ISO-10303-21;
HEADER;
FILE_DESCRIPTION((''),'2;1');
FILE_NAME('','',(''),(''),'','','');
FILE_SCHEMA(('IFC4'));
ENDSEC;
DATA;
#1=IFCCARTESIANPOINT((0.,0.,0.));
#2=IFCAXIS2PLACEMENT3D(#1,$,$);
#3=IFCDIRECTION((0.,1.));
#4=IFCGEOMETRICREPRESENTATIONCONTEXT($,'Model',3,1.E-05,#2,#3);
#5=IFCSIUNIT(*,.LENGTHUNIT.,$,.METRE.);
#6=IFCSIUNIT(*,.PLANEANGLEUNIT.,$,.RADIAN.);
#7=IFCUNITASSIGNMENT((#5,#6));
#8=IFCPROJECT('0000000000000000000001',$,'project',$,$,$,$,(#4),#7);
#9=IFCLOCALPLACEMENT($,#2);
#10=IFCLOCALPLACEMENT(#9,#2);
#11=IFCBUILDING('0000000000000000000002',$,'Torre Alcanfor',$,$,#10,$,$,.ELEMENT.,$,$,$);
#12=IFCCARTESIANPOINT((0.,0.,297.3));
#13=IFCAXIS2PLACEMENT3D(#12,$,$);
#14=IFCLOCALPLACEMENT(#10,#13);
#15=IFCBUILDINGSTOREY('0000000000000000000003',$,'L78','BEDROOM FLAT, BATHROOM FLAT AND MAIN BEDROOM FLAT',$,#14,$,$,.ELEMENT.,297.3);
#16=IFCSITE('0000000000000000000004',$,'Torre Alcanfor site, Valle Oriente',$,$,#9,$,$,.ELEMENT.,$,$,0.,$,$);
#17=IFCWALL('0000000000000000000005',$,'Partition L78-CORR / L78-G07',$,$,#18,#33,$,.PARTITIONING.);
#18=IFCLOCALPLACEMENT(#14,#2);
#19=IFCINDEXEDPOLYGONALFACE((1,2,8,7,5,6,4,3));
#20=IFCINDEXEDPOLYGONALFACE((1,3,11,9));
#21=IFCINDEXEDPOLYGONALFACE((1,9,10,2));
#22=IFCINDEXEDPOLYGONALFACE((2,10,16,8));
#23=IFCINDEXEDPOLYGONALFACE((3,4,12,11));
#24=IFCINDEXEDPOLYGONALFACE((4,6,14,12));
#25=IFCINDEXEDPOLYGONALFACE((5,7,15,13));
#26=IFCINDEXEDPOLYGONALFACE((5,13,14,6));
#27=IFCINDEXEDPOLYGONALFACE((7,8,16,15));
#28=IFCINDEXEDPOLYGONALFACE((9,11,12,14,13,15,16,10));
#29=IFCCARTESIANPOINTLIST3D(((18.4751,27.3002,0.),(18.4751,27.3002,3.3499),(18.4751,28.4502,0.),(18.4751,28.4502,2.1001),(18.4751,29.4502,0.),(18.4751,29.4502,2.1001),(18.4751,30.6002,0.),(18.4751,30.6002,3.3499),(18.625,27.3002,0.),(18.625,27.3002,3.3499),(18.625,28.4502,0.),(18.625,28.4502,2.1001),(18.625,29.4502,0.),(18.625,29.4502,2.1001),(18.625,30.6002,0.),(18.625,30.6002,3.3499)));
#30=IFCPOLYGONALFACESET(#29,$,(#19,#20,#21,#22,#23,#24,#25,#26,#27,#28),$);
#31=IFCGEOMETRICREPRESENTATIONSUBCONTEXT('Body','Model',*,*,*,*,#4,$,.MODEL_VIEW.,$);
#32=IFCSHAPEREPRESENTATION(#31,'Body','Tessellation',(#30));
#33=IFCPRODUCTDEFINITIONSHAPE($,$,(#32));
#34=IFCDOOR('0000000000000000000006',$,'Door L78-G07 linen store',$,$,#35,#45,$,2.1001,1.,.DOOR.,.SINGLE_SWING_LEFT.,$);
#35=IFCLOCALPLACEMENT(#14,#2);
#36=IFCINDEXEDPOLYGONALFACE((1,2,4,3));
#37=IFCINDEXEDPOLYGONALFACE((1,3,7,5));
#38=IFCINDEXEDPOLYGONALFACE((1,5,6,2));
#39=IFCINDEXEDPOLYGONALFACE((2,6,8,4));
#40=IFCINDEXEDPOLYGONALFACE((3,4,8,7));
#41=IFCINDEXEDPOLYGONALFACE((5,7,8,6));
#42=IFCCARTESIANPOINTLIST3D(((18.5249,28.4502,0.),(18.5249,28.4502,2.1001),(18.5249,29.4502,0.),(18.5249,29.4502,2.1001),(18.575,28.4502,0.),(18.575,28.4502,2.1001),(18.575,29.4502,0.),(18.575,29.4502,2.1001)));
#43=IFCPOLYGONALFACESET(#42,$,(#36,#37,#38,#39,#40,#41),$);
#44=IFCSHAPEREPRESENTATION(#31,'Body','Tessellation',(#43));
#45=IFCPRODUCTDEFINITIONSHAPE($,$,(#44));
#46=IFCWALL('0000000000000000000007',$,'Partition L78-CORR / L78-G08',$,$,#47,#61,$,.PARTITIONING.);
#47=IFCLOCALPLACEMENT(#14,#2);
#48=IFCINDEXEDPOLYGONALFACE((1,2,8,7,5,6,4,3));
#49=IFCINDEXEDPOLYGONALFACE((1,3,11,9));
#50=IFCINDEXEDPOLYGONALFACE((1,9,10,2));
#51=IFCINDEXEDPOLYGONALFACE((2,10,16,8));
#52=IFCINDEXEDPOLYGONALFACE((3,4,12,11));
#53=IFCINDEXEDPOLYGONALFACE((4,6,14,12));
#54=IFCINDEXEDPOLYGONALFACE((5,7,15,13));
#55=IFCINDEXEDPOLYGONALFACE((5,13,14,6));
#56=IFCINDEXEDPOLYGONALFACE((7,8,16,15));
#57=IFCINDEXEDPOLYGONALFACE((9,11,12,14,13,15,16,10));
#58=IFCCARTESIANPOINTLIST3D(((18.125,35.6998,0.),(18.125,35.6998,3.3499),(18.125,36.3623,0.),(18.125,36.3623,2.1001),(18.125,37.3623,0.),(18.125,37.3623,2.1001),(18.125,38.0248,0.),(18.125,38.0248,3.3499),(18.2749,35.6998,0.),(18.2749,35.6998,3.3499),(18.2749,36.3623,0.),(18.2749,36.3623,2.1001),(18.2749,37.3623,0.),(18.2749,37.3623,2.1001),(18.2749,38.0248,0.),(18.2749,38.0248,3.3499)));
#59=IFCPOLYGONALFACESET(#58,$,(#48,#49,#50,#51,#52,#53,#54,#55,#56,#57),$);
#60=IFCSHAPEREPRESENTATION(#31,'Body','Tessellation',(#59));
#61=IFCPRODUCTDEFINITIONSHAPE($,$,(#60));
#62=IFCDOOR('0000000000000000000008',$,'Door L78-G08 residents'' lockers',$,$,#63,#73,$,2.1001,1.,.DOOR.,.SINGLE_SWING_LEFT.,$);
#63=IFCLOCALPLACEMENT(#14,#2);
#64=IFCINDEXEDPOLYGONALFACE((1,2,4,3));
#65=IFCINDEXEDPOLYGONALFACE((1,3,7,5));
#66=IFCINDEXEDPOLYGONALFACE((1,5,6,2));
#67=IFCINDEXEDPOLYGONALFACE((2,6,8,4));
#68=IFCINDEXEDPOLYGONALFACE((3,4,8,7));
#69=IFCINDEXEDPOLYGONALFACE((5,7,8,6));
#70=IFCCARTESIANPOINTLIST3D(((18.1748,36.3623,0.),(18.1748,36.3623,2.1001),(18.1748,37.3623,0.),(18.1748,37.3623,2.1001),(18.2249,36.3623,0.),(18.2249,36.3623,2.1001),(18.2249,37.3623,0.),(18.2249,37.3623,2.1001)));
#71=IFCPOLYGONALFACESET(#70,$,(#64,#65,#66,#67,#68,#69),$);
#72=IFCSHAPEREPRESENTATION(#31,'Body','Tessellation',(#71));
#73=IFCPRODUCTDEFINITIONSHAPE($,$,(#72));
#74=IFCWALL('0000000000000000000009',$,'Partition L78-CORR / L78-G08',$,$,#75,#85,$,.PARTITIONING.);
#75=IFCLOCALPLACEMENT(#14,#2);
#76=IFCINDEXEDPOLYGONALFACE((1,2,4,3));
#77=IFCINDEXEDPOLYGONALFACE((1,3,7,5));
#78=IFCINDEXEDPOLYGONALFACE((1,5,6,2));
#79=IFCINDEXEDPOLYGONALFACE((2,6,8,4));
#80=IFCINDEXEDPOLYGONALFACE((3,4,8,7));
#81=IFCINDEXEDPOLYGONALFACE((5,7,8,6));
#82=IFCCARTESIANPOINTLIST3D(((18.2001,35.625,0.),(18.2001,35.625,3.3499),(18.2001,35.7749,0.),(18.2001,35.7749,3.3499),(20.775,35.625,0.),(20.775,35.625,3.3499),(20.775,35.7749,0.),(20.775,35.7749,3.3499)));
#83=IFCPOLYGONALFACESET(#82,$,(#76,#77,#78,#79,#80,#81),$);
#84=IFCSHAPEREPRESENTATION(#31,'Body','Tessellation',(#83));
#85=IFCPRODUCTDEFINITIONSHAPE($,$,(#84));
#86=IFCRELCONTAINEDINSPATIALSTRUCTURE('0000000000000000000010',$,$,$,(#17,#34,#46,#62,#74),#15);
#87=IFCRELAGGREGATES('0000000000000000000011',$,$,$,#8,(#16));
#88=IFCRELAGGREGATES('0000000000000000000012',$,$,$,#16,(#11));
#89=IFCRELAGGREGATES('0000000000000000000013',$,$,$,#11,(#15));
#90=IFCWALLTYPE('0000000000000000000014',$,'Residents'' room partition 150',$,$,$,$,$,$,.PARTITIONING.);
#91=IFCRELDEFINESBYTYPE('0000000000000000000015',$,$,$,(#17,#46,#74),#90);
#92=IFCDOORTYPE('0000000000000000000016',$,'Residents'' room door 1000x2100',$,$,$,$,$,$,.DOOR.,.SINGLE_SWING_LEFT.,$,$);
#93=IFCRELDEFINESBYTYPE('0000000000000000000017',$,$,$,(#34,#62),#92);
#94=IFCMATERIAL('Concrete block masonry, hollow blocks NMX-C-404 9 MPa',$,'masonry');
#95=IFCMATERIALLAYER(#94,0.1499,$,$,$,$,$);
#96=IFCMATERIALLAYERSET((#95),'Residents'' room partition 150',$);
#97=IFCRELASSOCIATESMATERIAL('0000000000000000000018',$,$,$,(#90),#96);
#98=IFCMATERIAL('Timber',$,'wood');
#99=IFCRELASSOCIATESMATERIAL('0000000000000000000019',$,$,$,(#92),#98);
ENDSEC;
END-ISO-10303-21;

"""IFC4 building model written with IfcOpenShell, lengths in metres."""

from ifc_helpers import new_model, si_unit, direction, frame, frame_2d, origin, place, context, subcontext, project, spatial, rectangle, extrude, material, layer, layer_set, type_object, element, fill, save


model = new_model("IFC4")

# Units and contexts
model_context = context("Model", 3, precision=1e-05, world=origin(), true_north=direction((0.0, 1.0)))
body_context = subcontext(model_context, "Body", "Model", "MODEL_VIEW")
ifc_project = project(units=[si_unit("LENGTHUNIT", "METRE"), si_unit("PLANEANGLEUNIT", "RADIAN")], contexts=[model_context])

# Site, building, storey
site_placement = place(None, origin())
site = spatial("IfcSite", under=ifc_project, at=site_placement, Name="Torre Alcanfor site, Valle Oriente", CompositionType="ELEMENT", RefElevation=0.0)
building_placement = place(site_placement, origin())
building = spatial("IfcBuilding", under=site, at=building_placement, Name="Torre Alcanfor", CompositionType="ELEMENT")
storey_placement = place(building_placement, frame((0.0, 0.0, 297.3)))
storey = spatial("IfcBuildingStorey", under=building, at=storey_placement, Name="L78", Description="BEDROOM FLAT, BATHROOM FLAT AND MAIN BEDROOM FLAT", CompositionType="ELEMENT", Elevation=297.3)

# Shared definitions
ifc_material_1 = material(Name="Concrete block masonry, hollow blocks NMX-C-404 9 MPa", Category="masonry")
ifc_layer_1 = layer(ifc_material_1, 0.1499)
ifc_layer_set_1 = layer_set([ifc_layer_1], Name="Residents' room partition 150")
wall_type_1 = type_object("IfcWallType", Name="Residents' room partition 150", PredefinedType="PARTITIONING", material=ifc_layer_set_1)

# Walls, openings, doors
wall_1_placement = place(storey_placement, frame((18.55, 30.6001, 0.0), z_axis=(0.0, 0.0, 1.0), x_axis=(0.0, -1.0, 0.0)))
wall_1 = element("IfcWall", 1, at=wall_1_placement, inside=storey, type_object=wall_type_1, Name="Partition L78-CORR / L78-G07", PredefinedType="PARTITIONING", context=body_context, shape_type="SweptSolid", body=[
    extrude(rectangle(XDim=3.3, YDim=0.1499, at=frame_2d((1.6499, 0.0))), origin(), (0.0, 0.0, 1.0), 3.3499),
])
opening_1_placement = place(wall_1_placement, frame((1.1499, 0.0, 0.0)))
opening_1 = element("IfcOpeningElement", 2, at=opening_1_placement, cuts=wall_1, PredefinedType="OPENING", context=body_context, shape_type="SweptSolid", body=[
    extrude(rectangle(XDim=1.0, YDim=2.1001, at=frame_2d((0.5, 1.05))), frame((0.0, 0.085, 0.0), z_axis=(0.0, -1.0, 0.0), x_axis=(1.0, 0.0, 0.0)), (0.0, 0.0, 1.0), 0.1699),
])
ifc_material_2 = material(Name="Timber", Category="wood")
door_type_1 = type_object("IfcDoorType", Name="Residents' room door 1000x2100", OperationType="SINGLE_SWING_LEFT", PredefinedType="DOOR", material=ifc_material_2)
door_1_placement = place(opening_1_placement, origin())
door_1 = element("IfcDoor", 3, at=door_1_placement, inside=storey, type_object=door_type_1, Name="Door L78-G07 linen store", OperationType="SINGLE_SWING_LEFT", OverallHeight=2.1001, OverallWidth=1.0, PredefinedType="DOOR", context=body_context, shape_type="SweptSolid", body=[
    extrude(rectangle(XDim=1.0, YDim=2.1001, at=frame_2d((0.5, 1.05))), frame((0.0, 0.0249, 0.0), z_axis=(0.0, -1.0, 0.0), x_axis=(1.0, 0.0, 0.0)), (0.0, 0.0, 1.0), 0.05),
])
fill(opening_1, door_1)
wall_2_placement = place(storey_placement, frame((18.2, 38.0249, 0.0), z_axis=(0.0, 0.0, 1.0), x_axis=(0.0, -1.0, 0.0)))
wall_2 = element("IfcWall", 4, at=wall_2_placement, inside=storey, type_object=wall_type_1, Name="Partition L78-CORR / L78-G08", PredefinedType="PARTITIONING", context=body_context, shape_type="SweptSolid", body=[
    extrude(rectangle(XDim=2.325, YDim=0.1499, at=frame_2d((1.1626, 0.0))), origin(), (0.0, 0.0, 1.0), 3.3499),
])
opening_2_placement = place(wall_2_placement, frame((0.6626, 0.0, 0.0)))
opening_2 = element("IfcOpeningElement", 5, at=opening_2_placement, cuts=wall_2, PredefinedType="OPENING", context=body_context, shape_type="SweptSolid", body=[
    extrude(rectangle(XDim=1.0, YDim=2.1001, at=frame_2d((0.5, 1.05))), frame((0.0, 0.085, 0.0), z_axis=(0.0, -1.0, 0.0), x_axis=(1.0, 0.0, 0.0)), (0.0, 0.0, 1.0), 0.1699),
])
door_2_placement = place(opening_2_placement, origin())
door_2 = element("IfcDoor", 6, at=door_2_placement, inside=storey, type_object=door_type_1, Name="Door L78-G08 residents' lockers", OperationType="SINGLE_SWING_LEFT", OverallHeight=2.1001, OverallWidth=1.0, PredefinedType="DOOR", context=body_context, shape_type="SweptSolid", body=[
    extrude(rectangle(XDim=1.0, YDim=2.1001, at=frame_2d((0.5, 1.05))), frame((0.0, 0.0249, 0.0), z_axis=(0.0, -1.0, 0.0), x_axis=(1.0, 0.0, 0.0)), (0.0, 0.0, 1.0), 0.05),
])
fill(opening_2, door_2)

# Wall
wall_3_placement = place(storey_placement, frame((18.2, 35.7, 0.0), z_axis=(0.0, 0.0, 1.0), x_axis=(1.0, 0.0, 0.0)))
element("IfcWall", 7, at=wall_3_placement, inside=storey, type_object=wall_type_1, Name="Partition L78-CORR / L78-G08", PredefinedType="PARTITIONING", context=body_context, shape_type="SweptSolid", body=[
    extrude(rectangle(XDim=2.575, YDim=0.1499, at=frame_2d((1.2876, 0.0))), origin(), (0.0, 0.0, 1.0), 3.3499),
])

save(model, "model.ifc")
